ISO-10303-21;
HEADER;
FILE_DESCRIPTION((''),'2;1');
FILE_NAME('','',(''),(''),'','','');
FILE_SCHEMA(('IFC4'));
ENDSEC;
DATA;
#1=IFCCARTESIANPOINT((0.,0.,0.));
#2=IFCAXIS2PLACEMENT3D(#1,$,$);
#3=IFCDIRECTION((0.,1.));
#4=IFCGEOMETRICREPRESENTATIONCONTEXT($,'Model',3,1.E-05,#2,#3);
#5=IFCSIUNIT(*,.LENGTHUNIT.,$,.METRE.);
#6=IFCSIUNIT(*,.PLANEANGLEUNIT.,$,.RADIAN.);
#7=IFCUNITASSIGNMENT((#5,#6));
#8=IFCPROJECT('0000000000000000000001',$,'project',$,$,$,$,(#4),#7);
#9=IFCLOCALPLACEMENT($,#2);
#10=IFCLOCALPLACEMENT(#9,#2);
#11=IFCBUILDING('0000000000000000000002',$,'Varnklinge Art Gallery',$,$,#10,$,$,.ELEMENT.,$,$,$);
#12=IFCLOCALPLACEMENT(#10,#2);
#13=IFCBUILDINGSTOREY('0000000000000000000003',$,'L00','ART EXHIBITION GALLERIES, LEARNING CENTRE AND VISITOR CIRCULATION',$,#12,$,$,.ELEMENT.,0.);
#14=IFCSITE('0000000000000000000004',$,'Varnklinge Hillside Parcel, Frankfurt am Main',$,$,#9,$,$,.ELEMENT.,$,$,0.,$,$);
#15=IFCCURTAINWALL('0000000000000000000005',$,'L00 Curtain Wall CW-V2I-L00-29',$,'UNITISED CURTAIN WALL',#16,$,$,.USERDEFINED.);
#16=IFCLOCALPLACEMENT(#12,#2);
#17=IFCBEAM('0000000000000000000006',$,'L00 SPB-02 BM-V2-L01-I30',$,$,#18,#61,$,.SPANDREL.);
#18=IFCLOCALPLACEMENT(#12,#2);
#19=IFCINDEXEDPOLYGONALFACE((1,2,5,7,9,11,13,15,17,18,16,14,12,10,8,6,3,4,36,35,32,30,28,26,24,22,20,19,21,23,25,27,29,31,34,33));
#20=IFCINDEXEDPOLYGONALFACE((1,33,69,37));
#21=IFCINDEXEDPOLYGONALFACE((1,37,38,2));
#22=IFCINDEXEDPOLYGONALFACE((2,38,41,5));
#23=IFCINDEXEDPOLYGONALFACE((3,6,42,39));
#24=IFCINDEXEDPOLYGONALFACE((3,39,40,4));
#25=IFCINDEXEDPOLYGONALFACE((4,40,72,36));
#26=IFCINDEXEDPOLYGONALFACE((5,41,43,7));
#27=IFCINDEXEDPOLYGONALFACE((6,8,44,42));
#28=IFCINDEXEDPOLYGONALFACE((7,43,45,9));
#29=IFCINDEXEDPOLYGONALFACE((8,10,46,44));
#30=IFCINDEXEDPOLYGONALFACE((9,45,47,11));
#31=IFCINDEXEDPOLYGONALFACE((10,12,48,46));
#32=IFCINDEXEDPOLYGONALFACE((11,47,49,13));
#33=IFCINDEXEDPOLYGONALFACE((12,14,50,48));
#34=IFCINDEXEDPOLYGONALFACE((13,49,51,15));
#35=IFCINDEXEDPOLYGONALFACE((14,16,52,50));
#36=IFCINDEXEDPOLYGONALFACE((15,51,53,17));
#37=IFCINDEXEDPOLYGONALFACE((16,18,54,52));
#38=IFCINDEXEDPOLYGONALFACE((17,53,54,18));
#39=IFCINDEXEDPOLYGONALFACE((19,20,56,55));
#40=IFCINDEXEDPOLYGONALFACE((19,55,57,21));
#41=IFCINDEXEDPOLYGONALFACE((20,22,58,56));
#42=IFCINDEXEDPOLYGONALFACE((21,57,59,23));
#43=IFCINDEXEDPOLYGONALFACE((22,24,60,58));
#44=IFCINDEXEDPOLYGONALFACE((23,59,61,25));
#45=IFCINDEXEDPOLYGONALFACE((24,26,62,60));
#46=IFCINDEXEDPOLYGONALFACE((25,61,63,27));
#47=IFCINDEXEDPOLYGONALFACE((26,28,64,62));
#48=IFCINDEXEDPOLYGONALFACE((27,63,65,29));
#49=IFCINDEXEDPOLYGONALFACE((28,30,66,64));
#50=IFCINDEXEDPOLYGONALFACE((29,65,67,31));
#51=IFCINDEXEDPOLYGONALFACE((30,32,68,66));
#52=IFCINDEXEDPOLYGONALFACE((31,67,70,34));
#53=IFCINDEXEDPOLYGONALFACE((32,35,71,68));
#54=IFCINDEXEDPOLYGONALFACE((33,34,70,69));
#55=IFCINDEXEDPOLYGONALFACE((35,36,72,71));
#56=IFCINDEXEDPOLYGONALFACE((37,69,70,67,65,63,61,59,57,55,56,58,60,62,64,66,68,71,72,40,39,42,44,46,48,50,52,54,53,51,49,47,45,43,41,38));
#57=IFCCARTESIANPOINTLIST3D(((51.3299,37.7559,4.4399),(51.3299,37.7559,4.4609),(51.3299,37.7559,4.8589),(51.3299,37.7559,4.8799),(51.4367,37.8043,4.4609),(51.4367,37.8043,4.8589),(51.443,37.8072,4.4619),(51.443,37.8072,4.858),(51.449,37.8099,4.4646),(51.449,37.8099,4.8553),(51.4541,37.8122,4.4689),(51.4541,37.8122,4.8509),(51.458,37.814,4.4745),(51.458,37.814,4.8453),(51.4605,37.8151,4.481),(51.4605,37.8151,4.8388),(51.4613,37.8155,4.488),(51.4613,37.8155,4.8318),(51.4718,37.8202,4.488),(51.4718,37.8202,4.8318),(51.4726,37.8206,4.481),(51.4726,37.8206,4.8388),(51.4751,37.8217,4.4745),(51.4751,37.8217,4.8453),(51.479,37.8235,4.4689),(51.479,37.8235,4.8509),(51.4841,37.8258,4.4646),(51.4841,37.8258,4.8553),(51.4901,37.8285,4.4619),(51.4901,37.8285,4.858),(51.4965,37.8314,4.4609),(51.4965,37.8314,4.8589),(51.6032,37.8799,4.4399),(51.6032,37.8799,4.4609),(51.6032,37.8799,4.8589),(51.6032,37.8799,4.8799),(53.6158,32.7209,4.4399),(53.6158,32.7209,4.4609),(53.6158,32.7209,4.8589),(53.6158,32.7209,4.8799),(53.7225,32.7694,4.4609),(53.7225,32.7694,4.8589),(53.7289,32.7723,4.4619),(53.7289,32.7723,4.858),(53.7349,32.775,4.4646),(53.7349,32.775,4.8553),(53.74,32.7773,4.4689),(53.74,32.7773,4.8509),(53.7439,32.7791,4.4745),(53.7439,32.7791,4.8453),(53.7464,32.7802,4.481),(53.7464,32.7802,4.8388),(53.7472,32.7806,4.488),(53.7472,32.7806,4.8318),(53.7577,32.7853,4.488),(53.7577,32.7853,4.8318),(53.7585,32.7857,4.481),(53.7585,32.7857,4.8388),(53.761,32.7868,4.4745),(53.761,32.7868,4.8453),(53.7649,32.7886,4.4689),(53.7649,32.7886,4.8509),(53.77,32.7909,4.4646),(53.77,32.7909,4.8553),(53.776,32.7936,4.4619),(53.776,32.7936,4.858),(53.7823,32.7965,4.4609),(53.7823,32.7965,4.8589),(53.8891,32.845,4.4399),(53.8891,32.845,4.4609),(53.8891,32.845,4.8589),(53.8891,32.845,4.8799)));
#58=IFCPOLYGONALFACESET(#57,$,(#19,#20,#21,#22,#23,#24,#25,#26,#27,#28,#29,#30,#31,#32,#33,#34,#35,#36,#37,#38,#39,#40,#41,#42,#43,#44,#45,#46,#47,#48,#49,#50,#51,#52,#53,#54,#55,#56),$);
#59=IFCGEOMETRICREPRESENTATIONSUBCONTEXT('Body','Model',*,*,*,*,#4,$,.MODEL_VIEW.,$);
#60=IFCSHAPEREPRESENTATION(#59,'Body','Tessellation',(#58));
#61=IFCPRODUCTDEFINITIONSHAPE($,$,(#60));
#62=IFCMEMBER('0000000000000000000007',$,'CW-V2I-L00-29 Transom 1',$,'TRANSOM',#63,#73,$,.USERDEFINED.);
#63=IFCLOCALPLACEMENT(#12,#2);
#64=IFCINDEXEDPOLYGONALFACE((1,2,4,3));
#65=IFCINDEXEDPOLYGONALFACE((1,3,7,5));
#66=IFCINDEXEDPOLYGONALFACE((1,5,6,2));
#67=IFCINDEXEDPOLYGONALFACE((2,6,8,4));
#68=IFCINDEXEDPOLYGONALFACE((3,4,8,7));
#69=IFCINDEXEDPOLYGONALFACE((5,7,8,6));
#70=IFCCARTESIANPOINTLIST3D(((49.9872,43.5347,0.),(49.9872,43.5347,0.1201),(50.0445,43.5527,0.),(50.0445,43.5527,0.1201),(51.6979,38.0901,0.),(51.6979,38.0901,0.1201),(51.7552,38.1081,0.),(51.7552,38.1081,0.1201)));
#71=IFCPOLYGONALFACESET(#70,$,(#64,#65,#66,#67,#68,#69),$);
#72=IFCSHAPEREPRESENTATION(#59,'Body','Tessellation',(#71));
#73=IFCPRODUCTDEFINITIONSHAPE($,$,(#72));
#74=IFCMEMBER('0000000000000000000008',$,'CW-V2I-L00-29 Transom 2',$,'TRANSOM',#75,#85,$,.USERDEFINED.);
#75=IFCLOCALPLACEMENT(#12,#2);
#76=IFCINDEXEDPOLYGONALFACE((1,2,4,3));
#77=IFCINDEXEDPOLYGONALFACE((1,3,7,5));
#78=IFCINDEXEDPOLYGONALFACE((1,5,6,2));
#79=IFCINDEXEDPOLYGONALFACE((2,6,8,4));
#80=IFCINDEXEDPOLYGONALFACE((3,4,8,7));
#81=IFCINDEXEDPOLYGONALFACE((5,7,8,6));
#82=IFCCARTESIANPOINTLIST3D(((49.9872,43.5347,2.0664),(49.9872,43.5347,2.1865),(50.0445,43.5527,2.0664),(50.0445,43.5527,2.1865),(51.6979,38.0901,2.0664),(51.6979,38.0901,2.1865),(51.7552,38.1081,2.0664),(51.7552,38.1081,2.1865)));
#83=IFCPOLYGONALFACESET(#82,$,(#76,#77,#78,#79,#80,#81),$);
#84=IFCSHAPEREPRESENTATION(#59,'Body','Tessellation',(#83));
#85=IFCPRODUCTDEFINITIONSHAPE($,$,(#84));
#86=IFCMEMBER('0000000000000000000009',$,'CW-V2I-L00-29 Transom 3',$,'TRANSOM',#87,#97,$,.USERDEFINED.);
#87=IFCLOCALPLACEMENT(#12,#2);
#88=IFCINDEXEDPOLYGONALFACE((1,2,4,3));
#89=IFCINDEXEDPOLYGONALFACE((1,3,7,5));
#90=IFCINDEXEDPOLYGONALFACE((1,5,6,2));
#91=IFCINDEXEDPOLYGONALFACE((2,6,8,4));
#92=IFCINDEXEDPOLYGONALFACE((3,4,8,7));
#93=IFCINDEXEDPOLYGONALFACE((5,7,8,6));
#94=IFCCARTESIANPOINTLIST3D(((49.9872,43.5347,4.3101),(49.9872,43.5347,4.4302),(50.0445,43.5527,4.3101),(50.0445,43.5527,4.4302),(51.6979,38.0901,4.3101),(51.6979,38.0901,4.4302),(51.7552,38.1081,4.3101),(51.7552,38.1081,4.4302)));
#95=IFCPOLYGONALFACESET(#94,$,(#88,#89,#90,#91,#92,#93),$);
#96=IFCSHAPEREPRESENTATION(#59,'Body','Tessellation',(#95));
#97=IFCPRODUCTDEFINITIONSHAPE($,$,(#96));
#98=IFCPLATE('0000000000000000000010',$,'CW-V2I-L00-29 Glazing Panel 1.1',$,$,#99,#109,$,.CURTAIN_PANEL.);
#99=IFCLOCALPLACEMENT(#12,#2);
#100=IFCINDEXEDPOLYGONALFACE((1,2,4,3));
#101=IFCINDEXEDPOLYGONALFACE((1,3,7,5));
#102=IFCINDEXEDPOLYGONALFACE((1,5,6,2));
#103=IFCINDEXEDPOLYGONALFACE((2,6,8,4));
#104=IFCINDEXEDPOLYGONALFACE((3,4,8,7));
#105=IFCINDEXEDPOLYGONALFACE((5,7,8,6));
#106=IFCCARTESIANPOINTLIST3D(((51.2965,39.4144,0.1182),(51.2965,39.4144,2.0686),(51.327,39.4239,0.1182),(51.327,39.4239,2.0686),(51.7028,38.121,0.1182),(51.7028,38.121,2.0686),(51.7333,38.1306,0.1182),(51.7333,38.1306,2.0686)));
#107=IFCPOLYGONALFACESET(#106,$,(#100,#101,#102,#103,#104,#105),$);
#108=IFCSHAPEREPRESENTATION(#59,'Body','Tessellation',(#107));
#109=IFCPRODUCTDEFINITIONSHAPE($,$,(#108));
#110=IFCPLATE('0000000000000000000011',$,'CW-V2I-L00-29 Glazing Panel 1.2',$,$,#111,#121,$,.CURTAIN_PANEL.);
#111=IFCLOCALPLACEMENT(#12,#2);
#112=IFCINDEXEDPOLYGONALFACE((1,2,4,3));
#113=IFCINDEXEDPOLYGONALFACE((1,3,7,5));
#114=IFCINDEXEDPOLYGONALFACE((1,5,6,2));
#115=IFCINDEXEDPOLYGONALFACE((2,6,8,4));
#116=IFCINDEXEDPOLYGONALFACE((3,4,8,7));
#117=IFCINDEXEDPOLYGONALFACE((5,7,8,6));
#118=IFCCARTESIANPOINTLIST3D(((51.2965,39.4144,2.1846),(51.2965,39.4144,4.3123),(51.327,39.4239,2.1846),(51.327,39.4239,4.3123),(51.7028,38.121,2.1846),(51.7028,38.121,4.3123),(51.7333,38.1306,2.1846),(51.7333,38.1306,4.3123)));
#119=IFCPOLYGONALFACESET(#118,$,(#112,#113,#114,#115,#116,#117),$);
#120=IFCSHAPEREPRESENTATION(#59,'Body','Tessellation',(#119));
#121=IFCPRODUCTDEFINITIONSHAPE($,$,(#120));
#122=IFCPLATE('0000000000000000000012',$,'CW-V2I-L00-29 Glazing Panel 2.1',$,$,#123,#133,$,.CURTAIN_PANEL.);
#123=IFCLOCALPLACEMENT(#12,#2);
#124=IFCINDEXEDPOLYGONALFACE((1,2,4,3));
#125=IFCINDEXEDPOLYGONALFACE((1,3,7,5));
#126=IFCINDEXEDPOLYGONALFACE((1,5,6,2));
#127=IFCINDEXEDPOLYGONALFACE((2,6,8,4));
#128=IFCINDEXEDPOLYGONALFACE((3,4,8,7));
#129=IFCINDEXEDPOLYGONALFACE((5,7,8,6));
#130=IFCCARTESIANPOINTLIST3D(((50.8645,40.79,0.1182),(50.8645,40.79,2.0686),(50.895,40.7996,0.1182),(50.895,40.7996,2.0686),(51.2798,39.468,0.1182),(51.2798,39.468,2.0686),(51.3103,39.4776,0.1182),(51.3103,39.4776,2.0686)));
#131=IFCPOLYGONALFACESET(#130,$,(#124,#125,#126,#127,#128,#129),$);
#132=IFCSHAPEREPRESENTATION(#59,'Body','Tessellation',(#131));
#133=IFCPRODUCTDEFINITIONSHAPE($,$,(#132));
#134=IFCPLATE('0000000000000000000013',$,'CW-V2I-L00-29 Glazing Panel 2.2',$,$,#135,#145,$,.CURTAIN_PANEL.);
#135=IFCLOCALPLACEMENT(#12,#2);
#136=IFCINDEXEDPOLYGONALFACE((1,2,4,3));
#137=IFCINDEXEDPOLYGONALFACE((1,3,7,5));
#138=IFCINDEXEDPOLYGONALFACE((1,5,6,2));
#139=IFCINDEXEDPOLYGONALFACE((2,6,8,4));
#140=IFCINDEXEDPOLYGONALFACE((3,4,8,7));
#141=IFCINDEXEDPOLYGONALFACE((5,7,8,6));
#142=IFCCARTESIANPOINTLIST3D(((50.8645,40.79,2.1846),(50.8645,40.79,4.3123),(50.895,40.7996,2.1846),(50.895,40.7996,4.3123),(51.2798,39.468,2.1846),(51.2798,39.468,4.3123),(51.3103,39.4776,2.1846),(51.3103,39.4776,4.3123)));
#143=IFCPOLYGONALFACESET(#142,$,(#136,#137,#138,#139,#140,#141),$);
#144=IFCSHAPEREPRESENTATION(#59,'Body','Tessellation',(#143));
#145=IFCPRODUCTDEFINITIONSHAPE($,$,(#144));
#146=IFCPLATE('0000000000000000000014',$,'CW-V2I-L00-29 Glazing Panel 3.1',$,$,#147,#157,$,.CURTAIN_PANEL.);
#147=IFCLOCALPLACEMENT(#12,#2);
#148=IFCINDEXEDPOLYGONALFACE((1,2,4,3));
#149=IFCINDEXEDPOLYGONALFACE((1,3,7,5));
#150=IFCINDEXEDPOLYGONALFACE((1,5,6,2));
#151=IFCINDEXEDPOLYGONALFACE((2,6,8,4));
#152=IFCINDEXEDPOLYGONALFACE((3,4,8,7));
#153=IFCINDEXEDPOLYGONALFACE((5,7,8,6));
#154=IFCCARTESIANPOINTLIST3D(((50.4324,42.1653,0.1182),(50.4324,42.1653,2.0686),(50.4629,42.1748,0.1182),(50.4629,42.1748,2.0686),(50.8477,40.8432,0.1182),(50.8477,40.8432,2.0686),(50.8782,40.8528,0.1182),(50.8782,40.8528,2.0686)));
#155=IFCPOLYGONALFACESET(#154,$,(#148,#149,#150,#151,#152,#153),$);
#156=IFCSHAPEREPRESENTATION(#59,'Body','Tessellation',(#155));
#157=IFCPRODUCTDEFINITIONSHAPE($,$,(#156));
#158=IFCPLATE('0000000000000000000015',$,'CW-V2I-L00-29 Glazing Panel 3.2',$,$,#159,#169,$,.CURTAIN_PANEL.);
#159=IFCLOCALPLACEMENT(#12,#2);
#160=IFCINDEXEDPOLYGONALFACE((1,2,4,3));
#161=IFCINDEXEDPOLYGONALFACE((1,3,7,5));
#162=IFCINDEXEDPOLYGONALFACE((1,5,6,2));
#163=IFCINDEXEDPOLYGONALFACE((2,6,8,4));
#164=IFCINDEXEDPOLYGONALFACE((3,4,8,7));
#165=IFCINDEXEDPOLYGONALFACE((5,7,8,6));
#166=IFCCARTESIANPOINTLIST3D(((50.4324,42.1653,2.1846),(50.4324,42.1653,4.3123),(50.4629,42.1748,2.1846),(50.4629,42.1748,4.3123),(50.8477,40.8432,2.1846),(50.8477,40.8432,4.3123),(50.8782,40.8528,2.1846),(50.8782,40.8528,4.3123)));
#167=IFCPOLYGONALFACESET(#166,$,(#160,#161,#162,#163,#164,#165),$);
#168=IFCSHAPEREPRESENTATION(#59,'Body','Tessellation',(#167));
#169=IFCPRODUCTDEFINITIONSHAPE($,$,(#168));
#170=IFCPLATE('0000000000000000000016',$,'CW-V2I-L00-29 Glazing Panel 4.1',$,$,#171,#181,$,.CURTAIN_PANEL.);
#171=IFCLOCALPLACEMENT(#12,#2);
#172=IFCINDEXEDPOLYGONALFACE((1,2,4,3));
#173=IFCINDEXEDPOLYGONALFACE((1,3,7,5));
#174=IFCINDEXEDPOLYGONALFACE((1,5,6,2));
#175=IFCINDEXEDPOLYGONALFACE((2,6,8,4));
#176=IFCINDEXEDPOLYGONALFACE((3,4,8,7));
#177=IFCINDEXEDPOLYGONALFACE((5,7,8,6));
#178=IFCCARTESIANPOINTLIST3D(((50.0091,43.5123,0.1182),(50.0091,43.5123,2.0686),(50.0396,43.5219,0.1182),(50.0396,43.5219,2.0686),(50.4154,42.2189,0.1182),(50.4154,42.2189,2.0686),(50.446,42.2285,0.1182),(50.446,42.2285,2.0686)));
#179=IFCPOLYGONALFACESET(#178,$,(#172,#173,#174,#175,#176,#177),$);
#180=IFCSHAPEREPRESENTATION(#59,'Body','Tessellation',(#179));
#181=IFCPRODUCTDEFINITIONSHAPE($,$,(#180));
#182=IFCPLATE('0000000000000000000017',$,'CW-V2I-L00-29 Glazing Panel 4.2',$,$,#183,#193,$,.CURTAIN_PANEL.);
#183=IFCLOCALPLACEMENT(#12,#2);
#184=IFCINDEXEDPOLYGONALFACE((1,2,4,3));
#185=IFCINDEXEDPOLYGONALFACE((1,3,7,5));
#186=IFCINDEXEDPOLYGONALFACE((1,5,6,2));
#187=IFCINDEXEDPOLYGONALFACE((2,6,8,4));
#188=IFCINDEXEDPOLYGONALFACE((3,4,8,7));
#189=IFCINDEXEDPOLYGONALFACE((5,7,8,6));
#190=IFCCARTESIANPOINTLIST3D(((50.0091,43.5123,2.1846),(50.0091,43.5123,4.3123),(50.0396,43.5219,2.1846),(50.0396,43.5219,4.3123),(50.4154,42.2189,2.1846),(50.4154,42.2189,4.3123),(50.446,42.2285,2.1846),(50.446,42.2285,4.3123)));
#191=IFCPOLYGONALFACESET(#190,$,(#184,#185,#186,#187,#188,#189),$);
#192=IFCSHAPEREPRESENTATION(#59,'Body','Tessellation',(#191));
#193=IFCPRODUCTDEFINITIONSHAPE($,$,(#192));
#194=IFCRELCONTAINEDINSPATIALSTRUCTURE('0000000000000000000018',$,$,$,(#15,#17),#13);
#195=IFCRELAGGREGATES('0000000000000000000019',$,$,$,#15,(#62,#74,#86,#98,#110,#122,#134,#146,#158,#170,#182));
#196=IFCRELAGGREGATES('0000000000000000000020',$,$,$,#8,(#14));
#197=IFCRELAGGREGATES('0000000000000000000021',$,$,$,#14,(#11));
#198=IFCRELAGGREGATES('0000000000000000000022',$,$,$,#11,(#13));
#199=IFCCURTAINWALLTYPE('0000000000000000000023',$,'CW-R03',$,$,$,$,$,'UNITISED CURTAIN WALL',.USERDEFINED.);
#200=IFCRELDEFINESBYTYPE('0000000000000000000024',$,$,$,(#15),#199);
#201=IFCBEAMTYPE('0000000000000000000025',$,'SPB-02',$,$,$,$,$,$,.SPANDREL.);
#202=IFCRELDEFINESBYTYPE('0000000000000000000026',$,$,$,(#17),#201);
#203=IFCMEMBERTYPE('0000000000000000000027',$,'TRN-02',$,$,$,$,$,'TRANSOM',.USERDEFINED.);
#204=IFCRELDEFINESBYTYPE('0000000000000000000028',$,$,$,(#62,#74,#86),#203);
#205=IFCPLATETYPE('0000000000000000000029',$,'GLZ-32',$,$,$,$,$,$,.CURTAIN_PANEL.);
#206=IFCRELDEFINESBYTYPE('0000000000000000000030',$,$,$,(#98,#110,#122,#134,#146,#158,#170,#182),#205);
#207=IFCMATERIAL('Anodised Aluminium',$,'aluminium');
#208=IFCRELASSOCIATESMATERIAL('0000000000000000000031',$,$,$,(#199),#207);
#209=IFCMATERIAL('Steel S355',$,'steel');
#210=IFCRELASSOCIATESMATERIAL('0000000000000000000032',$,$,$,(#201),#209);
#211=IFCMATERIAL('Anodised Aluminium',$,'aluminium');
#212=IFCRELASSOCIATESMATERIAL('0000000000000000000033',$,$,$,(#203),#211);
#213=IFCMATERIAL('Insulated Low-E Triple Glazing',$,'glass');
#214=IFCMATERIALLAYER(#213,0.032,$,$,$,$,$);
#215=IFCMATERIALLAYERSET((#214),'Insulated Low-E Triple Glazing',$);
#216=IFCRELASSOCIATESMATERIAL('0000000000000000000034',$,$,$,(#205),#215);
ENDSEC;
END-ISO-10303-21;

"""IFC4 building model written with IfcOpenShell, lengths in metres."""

from ifc_helpers import new_model, si_unit, direction, frame, origin, origin_2d, place, context, subcontext, project, spatial, rectangle, i_section, extrude, material, layer, layer_set, material_profile, profile_set, type_object, element, aggregate, save


model = new_model("IFC4")

# Units and contexts
model_context = context("Model", 3, precision=1e-05, world=origin(), true_north=direction((0.0, 1.0)))
body_context = subcontext(model_context, "Body", "Model", "MODEL_VIEW")
ifc_project = project(units=[si_unit("LENGTHUNIT", "METRE"), si_unit("PLANEANGLEUNIT", "RADIAN")], contexts=[model_context])

# Site, building, storey
site_placement = place(None, origin())
site = spatial("IfcSite", under=ifc_project, at=site_placement, Name="Varnklinge Hillside Parcel, Frankfurt am Main", CompositionType="ELEMENT", RefElevation=0.0)
building_placement = place(site_placement, origin())
building = spatial("IfcBuilding", under=site, at=building_placement, Name="Varnklinge Art Gallery", CompositionType="ELEMENT")
storey_placement = place(building_placement, origin())
storey = spatial("IfcBuildingStorey", under=building, at=storey_placement, Name="L00", Description="ART EXHIBITION GALLERIES, LEARNING CENTRE AND VISITOR CIRCULATION", CompositionType="ELEMENT", Elevation=0.0)

# Curtain wall
ifc_material_1 = material(Name="Anodised Aluminium", Category="aluminium")
curtain_wall_type = type_object("IfcCurtainWallType", Name="CW-R03", ElementType="UNITISED CURTAIN WALL", PredefinedType="USERDEFINED", material=ifc_material_1)
curtain_wall_1_placement = place(storey_placement, origin())
curtain_wall_1 = element("IfcCurtainWall", 1, at=curtain_wall_1_placement, inside=storey, type_object=curtain_wall_type, Name="L00 Curtain Wall CW-V2I-L00-29", ObjectType="UNITISED CURTAIN WALL", PredefinedType="USERDEFINED")

# Beam
ifc_material_2 = material(Name="Steel S355", Category="steel")
ifc_material_profile_1 = material_profile(ifc_material_2, i_section(OverallWidth=0.3, OverallDepth=0.4399, WebThickness=0.0115, FlangeThickness=0.021, FilletRadius=0.0271, at=origin_2d()), Name="HEA 450")
ifc_profile_set_1 = profile_set([ifc_material_profile_1], Name="Steel S355")
beam_type_1 = type_object("IfcBeamType", Name="SPB-02", PredefinedType="SPANDREL", material=ifc_profile_set_1)
beam_1_placement = place(storey_placement, frame((51.4666, 37.8179, 4.6599), z_axis=(0.413397, -0.910551, 0.0), x_axis=(0.910551, 0.413397, 0.0)))
element("IfcBeam", 2, at=beam_1_placement, inside=storey, type_object=beam_type_1, Name="L00 SPB-02 BM-V2-L01-I30", PredefinedType="SPANDREL", context=body_context, shape_type="SweptSolid", body=[
    extrude(i_section(OverallWidth=0.3, OverallDepth=0.4399, WebThickness=0.0115, FlangeThickness=0.021, FilletRadius=0.0271, at=origin_2d()), origin(), (0.0, 0.0, 1.0), 5.5295),
])

# Members
ifc_material_3 = material(Name="Anodised Aluminium", Category="aluminium")
ifc_material_profile_2 = material_profile(ifc_material_3, rectangle(XDim=0.0601, YDim=0.1201, at=origin_2d()), Name="ALU 60x120")
ifc_profile_set_2 = profile_set([ifc_material_profile_2], Name="Anodised Aluminium")
member_type_1 = type_object("IfcMemberType", Name="TRN-02", ElementType="TRANSOM", PredefinedType="USERDEFINED", material=ifc_profile_set_2)
member_1_placement = place(storey_placement, frame((51.7266, 38.0991, 0.0601), z_axis=(-0.299753, 0.954017, 0.0), x_axis=(-0.954017, -0.299753, 0.0)))
member_1 = element("IfcMember", 3, at=member_1_placement, type_object=member_type_1, Name="CW-V2I-L00-29 Transom 1", ObjectType="TRANSOM", PredefinedType="USERDEFINED", context=body_context, shape_type="SweptSolid", body=[
    extrude(rectangle(XDim=0.0601, YDim=0.1201, at=origin_2d()), origin(), (0.0, 0.0, 1.0), 5.707),
])
member_2_placement = place(storey_placement, frame((51.7266, 38.0991, 2.1265), z_axis=(-0.299753, 0.954017, 0.0), x_axis=(-0.954017, -0.299753, 0.0)))
member_2 = element("IfcMember", 4, at=member_2_placement, type_object=member_type_1, Name="CW-V2I-L00-29 Transom 2", ObjectType="TRANSOM", PredefinedType="USERDEFINED", context=body_context, shape_type="SweptSolid", body=[
    extrude(rectangle(XDim=0.0601, YDim=0.1201, at=origin_2d()), origin(), (0.0, 0.0, 1.0), 5.707),
])
member_3_placement = place(storey_placement, frame((51.7266, 38.0991, 4.3701), z_axis=(-0.299753, 0.954017, 0.0), x_axis=(-0.954017, -0.299753, 0.0)))
member_3 = element("IfcMember", 5, at=member_3_placement, type_object=member_type_1, Name="CW-V2I-L00-29 Transom 3", ObjectType="TRANSOM", PredefinedType="USERDEFINED", context=body_context, shape_type="SweptSolid", body=[
    extrude(rectangle(XDim=0.0601, YDim=0.1201, at=origin_2d()), origin(), (0.0, 0.0, 1.0), 5.707),
])

# Plates
ifc_material_4 = material(Name="Insulated Low-E Triple Glazing", Category="glass")
ifc_layer = layer(ifc_material_4, 0.032)
ifc_layer_set = layer_set([ifc_layer], Name="Insulated Low-E Triple Glazing")
plate_type = type_object("IfcPlateType", Name="GLZ-32", PredefinedType="CURTAIN_PANEL", material=ifc_layer_set)
plate_1_placement = place(storey_placement, frame((51.5149, 38.7725, 0.1182), z_axis=(0.0, 0.0, 1.0), x_axis=(-0.299707, 0.954031, 0.0)))
plate_1 = element("IfcPlate", 6, at=plate_1_placement, type_object=plate_type, Name="CW-V2I-L00-29 Glazing Panel 1.1", PredefinedType="CURTAIN_PANEL", context=body_context, shape_type="SweptSolid", body=[
    extrude(rectangle(XDim=1.3557, YDim=0.032, at=origin_2d()), origin(), (0.0, 0.0, 1.0), 1.9504),
])
plate_2_placement = place(storey_placement, frame((51.5149, 38.7725, 2.1846), z_axis=(0.0, 0.0, 1.0), x_axis=(-0.299707, 0.954031, 0.0)))
plate_2 = element("IfcPlate", 7, at=plate_2_placement, type_object=plate_type, Name="CW-V2I-L00-29 Glazing Panel 1.2", PredefinedType="CURTAIN_PANEL", context=body_context, shape_type="SweptSolid", body=[
    extrude(rectangle(XDim=1.3557, YDim=0.032, at=origin_2d()), origin(), (0.0, 0.0, 1.0), 2.1277),
])
plate_3_placement = place(storey_placement, frame((51.0874, 40.1338, 0.1182), z_axis=(0.0, 0.0, 1.0), x_axis=(-0.299707, 0.954031, 0.0)))
plate_3 = element("IfcPlate", 8, at=plate_3_placement, type_object=plate_type, Name="CW-V2I-L00-29 Glazing Panel 2.1", PredefinedType="CURTAIN_PANEL", context=body_context, shape_type="SweptSolid", body=[
    extrude(rectangle(XDim=1.3857, YDim=0.032, at=origin_2d()), origin(), (0.0, 0.0, 1.0), 1.9504),
])
plate_4_placement = place(storey_placement, frame((51.0874, 40.1338, 2.1846), z_axis=(0.0, 0.0, 1.0), x_axis=(-0.299707, 0.954031, 0.0)))
plate_4 = element("IfcPlate", 9, at=plate_4_placement, type_object=plate_type, Name="CW-V2I-L00-29 Glazing Panel 2.2", PredefinedType="CURTAIN_PANEL", context=body_context, shape_type="SweptSolid", body=[
    extrude(rectangle(XDim=1.3857, YDim=0.032, at=origin_2d()), origin(), (0.0, 0.0, 1.0), 2.1277),
])
plate_5_placement = place(storey_placement, frame((50.6553, 41.509, 0.1182), z_axis=(0.0, 0.0, 1.0), x_axis=(-0.299707, 0.954031, 0.0)))
plate_5 = element("IfcPlate", 10, at=plate_5_placement, type_object=plate_type, Name="CW-V2I-L00-29 Glazing Panel 3.1", PredefinedType="CURTAIN_PANEL", context=body_context, shape_type="SweptSolid", body=[
    extrude(rectangle(XDim=1.3857, YDim=0.032, at=origin_2d()), origin(), (0.0, 0.0, 1.0), 1.9504),
])
plate_6_placement = place(storey_placement, frame((50.6553, 41.509, 2.1846), z_axis=(0.0, 0.0, 1.0), x_axis=(-0.299707, 0.954031, 0.0)))
plate_6 = element("IfcPlate", 11, at=plate_6_placement, type_object=plate_type, Name="CW-V2I-L00-29 Glazing Panel 3.2", PredefinedType="CURTAIN_PANEL", context=body_context, shape_type="SweptSolid", body=[
    extrude(rectangle(XDim=1.3857, YDim=0.032, at=origin_2d()), origin(), (0.0, 0.0, 1.0), 2.1277),
])
plate_7_placement = place(storey_placement, frame((50.2275, 42.8704, 0.1182), z_axis=(0.0, 0.0, 1.0), x_axis=(-0.299707, 0.954031, 0.0)))
plate_7 = element("IfcPlate", 12, at=plate_7_placement, type_object=plate_type, Name="CW-V2I-L00-29 Glazing Panel 4.1", PredefinedType="CURTAIN_PANEL", context=body_context, shape_type="SweptSolid", body=[
    extrude(rectangle(XDim=1.3557, YDim=0.032, at=origin_2d()), origin(), (0.0, 0.0, 1.0), 1.9504),
])
plate_8_placement = place(storey_placement, frame((50.2275, 42.8704, 2.1846), z_axis=(0.0, 0.0, 1.0), x_axis=(-0.299707, 0.954031, 0.0)))
plate_8 = element("IfcPlate", 13, at=plate_8_placement, type_object=plate_type, Name="CW-V2I-L00-29 Glazing Panel 4.2", PredefinedType="CURTAIN_PANEL", context=body_context, shape_type="SweptSolid", body=[
    extrude(rectangle(XDim=1.3557, YDim=0.032, at=origin_2d()), origin(), (0.0, 0.0, 1.0), 2.1277),
])
aggregate(curtain_wall_1, [member_1, member_2, member_3, plate_1, plate_2, plate_3, plate_4, plate_5, plate_6, plate_7, plate_8])

save(model, "model.ifc")
